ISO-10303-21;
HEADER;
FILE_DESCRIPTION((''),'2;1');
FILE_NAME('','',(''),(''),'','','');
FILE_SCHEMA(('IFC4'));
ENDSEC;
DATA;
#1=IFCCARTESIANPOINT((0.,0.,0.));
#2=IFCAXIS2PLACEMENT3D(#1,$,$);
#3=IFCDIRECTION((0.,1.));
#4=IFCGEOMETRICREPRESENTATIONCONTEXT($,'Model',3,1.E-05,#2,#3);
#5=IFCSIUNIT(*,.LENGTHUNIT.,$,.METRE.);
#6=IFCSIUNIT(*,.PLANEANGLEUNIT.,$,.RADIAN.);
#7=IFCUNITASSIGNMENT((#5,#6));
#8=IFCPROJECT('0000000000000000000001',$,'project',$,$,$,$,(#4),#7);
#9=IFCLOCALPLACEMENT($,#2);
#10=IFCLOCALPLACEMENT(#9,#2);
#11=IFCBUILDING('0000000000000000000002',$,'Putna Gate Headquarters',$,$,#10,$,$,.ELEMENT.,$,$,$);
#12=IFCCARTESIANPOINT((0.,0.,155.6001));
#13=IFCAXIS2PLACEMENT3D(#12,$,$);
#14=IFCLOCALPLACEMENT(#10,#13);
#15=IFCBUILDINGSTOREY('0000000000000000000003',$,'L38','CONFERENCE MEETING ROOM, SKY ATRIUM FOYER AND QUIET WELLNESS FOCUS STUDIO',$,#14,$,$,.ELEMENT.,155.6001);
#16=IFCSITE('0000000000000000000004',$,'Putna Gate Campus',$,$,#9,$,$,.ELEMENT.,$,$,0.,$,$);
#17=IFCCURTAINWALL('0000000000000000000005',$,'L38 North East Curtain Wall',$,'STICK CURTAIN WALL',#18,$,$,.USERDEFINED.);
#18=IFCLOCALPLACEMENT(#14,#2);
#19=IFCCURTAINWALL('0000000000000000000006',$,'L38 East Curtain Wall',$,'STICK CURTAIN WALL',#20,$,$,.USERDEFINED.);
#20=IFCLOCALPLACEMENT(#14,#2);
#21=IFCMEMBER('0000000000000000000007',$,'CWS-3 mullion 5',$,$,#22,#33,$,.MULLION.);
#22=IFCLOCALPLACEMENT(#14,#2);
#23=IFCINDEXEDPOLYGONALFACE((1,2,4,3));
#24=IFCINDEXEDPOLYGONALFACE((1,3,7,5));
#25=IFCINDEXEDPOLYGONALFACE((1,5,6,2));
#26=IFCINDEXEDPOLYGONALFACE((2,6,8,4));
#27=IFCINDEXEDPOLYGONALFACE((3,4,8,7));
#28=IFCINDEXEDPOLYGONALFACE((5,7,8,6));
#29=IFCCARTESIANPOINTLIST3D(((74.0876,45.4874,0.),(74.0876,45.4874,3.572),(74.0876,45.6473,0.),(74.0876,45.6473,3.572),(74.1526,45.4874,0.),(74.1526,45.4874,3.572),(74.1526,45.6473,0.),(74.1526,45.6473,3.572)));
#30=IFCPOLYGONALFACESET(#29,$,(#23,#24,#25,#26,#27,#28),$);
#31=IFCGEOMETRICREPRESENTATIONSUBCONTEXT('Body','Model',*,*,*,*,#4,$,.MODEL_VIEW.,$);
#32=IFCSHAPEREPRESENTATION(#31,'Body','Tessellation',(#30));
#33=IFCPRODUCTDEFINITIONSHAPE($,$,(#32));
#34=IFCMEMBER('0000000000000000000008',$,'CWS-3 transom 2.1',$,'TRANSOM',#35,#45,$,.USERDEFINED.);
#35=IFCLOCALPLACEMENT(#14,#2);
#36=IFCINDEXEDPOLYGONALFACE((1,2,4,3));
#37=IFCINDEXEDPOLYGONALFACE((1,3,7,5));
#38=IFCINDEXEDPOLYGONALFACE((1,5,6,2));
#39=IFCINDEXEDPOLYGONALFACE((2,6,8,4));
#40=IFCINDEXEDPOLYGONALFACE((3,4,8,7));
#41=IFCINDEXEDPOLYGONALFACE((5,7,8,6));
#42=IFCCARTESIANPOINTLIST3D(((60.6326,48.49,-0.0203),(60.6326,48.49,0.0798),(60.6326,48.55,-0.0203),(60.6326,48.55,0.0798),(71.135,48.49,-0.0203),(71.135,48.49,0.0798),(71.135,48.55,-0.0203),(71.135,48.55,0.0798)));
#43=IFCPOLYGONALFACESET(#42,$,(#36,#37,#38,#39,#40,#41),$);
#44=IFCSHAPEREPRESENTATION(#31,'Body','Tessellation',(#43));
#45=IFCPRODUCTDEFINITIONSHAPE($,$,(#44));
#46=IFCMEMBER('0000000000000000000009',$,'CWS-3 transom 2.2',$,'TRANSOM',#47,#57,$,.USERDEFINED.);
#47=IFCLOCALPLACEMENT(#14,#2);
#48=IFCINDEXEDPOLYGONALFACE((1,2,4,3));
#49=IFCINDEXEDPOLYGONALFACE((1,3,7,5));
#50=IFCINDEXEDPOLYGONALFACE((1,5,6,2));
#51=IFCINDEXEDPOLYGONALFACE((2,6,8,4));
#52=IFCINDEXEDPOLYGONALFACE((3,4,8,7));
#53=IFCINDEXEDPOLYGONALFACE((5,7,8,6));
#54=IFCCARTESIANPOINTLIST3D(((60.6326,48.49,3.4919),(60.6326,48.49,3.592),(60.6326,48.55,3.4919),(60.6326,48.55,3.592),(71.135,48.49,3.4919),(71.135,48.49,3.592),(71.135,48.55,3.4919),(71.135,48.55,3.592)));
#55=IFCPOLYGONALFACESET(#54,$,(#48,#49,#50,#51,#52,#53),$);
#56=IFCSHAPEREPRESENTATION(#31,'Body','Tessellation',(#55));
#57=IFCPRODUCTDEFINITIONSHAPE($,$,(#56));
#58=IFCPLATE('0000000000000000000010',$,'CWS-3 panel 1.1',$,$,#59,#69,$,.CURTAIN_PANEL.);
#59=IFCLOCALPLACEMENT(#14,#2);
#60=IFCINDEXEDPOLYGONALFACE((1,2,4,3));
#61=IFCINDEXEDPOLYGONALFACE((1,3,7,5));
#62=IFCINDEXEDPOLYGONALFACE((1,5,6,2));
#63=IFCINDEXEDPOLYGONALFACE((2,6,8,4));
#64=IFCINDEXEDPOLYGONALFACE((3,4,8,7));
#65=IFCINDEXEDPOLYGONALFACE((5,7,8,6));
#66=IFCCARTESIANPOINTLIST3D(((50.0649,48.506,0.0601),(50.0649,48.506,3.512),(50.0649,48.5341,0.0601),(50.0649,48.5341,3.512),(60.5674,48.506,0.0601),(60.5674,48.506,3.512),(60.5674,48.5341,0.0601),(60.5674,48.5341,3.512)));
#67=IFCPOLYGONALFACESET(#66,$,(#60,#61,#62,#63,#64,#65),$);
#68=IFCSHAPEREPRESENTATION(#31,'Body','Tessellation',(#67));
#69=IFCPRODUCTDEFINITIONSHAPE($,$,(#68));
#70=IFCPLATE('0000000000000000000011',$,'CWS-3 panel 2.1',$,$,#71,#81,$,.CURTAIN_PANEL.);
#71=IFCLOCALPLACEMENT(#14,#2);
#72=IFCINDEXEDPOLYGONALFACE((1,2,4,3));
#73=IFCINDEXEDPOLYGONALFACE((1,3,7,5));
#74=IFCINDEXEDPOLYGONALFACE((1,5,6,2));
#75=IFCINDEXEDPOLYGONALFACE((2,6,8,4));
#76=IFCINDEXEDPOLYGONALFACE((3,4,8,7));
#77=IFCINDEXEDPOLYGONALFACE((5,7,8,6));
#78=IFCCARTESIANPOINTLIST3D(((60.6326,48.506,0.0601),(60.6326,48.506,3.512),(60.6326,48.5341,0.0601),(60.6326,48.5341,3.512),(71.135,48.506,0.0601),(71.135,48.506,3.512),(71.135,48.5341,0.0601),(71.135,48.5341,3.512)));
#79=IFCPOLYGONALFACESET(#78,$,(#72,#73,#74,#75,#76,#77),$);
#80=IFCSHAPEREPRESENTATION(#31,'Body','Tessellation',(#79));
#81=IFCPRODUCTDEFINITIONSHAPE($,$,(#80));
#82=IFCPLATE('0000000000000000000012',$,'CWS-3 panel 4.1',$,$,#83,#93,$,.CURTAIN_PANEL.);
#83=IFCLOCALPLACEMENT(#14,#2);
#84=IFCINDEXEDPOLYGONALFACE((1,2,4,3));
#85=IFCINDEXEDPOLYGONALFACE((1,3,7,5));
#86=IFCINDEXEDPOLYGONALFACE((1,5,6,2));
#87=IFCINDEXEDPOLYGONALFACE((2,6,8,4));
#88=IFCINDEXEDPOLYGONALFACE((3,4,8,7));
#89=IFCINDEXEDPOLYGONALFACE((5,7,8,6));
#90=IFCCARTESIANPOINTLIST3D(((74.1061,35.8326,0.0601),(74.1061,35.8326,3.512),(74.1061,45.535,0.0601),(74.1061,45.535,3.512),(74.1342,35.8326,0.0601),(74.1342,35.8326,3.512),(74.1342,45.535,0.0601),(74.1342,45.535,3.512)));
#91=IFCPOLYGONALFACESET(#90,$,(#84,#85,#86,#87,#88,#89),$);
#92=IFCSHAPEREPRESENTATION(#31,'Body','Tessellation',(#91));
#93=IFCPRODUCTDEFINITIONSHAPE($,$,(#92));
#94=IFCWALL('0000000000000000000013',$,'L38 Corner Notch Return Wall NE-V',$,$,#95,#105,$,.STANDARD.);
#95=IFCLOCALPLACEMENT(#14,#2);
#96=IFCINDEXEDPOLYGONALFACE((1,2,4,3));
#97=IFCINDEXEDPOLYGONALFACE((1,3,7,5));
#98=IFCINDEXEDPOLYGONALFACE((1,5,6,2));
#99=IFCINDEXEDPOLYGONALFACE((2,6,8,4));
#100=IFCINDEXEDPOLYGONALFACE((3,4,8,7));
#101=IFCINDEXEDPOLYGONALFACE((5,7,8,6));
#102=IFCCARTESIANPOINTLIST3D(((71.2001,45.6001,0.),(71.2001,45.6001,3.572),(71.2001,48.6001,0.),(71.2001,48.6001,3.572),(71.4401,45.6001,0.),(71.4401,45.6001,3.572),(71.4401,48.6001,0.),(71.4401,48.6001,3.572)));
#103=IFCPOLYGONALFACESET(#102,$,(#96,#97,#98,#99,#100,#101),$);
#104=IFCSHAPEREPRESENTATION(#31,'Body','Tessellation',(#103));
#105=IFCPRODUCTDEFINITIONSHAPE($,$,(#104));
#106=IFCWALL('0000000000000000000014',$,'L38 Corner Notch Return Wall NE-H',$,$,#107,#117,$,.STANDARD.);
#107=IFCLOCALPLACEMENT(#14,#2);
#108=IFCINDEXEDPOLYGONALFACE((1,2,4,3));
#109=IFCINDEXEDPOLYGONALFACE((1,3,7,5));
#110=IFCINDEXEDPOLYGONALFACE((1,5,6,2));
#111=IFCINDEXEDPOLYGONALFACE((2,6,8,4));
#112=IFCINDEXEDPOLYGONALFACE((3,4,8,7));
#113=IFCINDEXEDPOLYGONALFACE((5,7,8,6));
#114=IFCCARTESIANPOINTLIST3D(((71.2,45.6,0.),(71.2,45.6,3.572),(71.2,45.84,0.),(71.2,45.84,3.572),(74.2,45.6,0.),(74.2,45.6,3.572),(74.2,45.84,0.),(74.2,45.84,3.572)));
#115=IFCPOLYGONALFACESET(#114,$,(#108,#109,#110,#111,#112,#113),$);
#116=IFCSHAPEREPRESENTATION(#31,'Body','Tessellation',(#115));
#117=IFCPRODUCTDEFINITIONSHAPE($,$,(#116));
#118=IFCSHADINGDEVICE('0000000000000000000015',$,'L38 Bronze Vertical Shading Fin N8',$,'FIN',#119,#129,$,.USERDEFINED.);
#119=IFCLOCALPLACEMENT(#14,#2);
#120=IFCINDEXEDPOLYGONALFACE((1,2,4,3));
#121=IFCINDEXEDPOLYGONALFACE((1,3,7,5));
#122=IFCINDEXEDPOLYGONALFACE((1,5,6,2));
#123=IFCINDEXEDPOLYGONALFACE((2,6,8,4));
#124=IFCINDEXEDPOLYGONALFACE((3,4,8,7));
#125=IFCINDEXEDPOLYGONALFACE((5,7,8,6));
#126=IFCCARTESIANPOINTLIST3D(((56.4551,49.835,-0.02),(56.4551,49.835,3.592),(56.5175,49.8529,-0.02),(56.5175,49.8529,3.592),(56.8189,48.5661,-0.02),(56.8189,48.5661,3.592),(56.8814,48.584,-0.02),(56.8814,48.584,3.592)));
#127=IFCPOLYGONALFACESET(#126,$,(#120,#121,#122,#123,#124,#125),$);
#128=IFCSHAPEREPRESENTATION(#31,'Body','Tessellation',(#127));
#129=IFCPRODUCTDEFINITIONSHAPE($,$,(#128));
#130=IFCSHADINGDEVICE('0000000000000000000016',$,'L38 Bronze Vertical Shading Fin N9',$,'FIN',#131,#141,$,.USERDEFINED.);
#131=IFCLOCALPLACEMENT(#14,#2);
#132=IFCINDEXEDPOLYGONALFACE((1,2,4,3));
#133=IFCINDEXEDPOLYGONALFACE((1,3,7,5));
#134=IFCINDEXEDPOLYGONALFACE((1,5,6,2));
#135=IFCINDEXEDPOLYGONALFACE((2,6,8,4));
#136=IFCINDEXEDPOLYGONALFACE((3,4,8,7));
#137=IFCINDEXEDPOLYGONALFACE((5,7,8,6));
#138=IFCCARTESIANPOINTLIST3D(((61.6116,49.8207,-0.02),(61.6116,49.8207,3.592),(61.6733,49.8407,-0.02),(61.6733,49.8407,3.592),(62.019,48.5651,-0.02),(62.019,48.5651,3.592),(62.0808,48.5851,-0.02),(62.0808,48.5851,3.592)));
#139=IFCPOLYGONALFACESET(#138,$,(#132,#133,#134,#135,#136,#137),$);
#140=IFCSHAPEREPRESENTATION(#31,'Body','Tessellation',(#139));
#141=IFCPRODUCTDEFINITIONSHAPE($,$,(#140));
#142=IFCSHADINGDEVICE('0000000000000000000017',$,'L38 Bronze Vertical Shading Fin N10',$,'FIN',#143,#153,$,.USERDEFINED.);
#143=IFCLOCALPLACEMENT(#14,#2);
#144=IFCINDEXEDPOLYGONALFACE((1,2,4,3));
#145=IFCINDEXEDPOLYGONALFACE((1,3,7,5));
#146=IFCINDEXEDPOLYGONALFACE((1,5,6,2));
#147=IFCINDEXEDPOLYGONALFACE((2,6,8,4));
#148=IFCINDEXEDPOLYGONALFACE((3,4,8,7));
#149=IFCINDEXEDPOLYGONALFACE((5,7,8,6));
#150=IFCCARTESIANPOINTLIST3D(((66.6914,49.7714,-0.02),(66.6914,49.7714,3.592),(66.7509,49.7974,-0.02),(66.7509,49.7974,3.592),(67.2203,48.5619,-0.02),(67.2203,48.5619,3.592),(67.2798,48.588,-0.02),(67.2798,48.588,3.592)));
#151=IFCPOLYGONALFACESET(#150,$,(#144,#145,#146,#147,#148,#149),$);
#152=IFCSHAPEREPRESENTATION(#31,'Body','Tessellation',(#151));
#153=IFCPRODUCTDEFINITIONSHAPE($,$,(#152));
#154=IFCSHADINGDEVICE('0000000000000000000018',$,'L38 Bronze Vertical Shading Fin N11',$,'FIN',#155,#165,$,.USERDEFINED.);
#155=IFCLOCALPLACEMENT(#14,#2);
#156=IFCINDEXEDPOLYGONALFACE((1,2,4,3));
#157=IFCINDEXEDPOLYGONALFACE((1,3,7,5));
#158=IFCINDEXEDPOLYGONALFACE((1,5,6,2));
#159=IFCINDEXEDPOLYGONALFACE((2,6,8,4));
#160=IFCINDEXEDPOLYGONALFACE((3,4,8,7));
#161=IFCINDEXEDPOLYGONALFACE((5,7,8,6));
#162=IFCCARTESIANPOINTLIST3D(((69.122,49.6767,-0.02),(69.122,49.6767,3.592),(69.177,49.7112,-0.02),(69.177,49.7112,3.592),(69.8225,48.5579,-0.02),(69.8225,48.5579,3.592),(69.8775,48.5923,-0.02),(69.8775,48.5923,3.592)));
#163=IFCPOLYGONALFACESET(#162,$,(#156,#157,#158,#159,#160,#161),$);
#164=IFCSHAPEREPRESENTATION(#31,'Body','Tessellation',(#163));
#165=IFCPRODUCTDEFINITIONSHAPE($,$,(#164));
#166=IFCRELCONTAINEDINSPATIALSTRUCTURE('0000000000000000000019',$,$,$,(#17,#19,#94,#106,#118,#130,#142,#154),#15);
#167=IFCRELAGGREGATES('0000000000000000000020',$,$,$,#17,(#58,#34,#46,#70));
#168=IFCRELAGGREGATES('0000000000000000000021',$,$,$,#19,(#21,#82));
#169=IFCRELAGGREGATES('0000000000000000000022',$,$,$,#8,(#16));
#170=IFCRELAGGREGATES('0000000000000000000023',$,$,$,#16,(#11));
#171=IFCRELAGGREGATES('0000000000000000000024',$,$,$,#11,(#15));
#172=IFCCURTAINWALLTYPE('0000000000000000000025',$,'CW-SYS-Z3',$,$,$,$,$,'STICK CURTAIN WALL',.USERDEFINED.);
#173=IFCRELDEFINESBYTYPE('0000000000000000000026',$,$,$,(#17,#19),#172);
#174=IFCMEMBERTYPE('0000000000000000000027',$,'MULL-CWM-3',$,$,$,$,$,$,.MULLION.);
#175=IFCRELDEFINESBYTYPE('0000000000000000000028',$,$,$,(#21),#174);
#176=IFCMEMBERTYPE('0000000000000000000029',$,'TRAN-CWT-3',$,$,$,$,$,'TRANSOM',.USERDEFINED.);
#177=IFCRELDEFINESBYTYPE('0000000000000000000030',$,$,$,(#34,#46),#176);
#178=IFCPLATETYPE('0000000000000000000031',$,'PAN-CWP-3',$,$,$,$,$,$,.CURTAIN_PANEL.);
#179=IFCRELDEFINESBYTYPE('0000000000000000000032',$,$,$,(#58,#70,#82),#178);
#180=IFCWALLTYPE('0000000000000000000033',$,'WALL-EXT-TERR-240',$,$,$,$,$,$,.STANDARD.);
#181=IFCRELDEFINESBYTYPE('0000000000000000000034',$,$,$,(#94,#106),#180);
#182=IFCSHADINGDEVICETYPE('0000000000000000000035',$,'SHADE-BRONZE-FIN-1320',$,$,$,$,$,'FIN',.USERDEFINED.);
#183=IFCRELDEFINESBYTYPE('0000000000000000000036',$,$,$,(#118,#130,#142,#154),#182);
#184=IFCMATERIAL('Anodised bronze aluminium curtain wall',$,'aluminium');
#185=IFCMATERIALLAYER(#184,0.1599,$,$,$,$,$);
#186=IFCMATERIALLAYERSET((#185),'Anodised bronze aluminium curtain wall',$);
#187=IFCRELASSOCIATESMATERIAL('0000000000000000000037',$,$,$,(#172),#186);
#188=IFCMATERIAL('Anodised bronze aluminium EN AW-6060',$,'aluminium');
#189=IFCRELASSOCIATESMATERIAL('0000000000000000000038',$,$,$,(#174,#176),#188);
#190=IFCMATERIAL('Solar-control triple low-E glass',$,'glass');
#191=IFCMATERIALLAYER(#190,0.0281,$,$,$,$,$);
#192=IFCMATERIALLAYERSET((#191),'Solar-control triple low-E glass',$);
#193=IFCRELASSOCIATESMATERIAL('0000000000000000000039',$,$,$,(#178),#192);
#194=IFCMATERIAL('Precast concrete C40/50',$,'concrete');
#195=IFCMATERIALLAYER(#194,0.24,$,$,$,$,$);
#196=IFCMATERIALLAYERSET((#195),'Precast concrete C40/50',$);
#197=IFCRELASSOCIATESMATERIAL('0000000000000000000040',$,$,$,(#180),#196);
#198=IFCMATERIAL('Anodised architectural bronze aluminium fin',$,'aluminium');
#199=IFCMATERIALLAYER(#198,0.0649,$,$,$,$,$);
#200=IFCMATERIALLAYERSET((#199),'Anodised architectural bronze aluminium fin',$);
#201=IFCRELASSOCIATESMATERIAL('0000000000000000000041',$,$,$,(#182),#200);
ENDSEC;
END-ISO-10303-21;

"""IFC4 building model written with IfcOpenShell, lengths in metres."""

from ifc_helpers import new_model, si_unit, direction, frame, frame_2d, origin, origin_2d, place, context, subcontext, project, spatial, rectangle, extrude, material, layer, layer_set, material_profile, profile_set, type_object, element, aggregate, save


model = new_model("IFC4")

# Units and contexts
model_context = context("Model", 3, precision=1e-05, world=origin(), true_north=direction((0.0, 1.0)))
body_context = subcontext(model_context, "Body", "Model", "MODEL_VIEW")
ifc_project = project(units=[si_unit("LENGTHUNIT", "METRE"), si_unit("PLANEANGLEUNIT", "RADIAN")], contexts=[model_context])

# Site, building, storey
site_placement = place(None, origin())
site = spatial("IfcSite", under=ifc_project, at=site_placement, Name="Putna Gate Campus", CompositionType="ELEMENT", RefElevation=0.0)
building_placement = place(site_placement, origin())
building = spatial("IfcBuilding", under=site, at=building_placement, Name="Putna Gate Headquarters", CompositionType="ELEMENT")
storey_placement = place(building_placement, frame((0.0, 0.0, 155.6001)))
storey = spatial("IfcBuildingStorey", under=building, at=storey_placement, Name="L38", Description="CONFERENCE MEETING ROOM, SKY ATRIUM FOYER AND QUIET WELLNESS FOCUS STUDIO", CompositionType="ELEMENT", Elevation=155.6001)

# Curtain wall
ifc_material_1 = material(Name="Anodised bronze aluminium curtain wall", Category="aluminium")
ifc_layer_1 = layer(ifc_material_1, 0.1599)
ifc_layer_set_1 = layer_set([ifc_layer_1], Name="Anodised bronze aluminium curtain wall")
curtain_wall_type = type_object("IfcCurtainWallType", Name="CW-SYS-Z3", ElementType="STICK CURTAIN WALL", PredefinedType="USERDEFINED", material=ifc_layer_set_1)
curtain_wall_1_placement = place(storey_placement, origin())
curtain_wall_1 = element("IfcCurtainWall", 1, at=curtain_wall_1_placement, inside=storey, type_object=curtain_wall_type, Name="L38 North East Curtain Wall", ObjectType="STICK CURTAIN WALL", PredefinedType="USERDEFINED")
ifc_material_2 = material(Name="Anodised bronze aluminium EN AW-6060", Category="aluminium")
ifc_material_profile_1 = material_profile(ifc_material_2, rectangle(XDim=0.0649, YDim=0.1599, at=origin_2d()), Name="Anodised bronze aluminium EN AW-6060")
ifc_profile_set_1 = profile_set([ifc_material_profile_1], Name="Anodised bronze aluminium EN AW-6060")
member_type_1 = type_object("IfcMemberType", Name="MULL-CWM-3", PredefinedType="MULLION", material=ifc_profile_set_1)

# Curtain wall, member
curtain_wall_2_placement = place(storey_placement, origin())
curtain_wall_2 = element("IfcCurtainWall", 2, at=curtain_wall_2_placement, inside=storey, type_object=curtain_wall_type, Name="L38 East Curtain Wall", ObjectType="STICK CURTAIN WALL", PredefinedType="USERDEFINED")
member_1_placement = place(storey_placement, frame((74.1201, 45.5674, 0.0), z_axis=(0.0, 0.0, 1.0), x_axis=(-1.0, 0.0, 0.0)))
member_1 = element("IfcMember", 3, at=member_1_placement, type_object=member_type_1, Name="CWS-3 mullion 5", PredefinedType="MULLION", context=body_context, shape_type="SweptSolid", body=[
    extrude(rectangle(XDim=0.0649, YDim=0.1599, at=origin_2d()), origin(), (0.0, 0.0, 1.0), 3.572),
])

# Members
ifc_material_profile_2 = material_profile(ifc_material_2, rectangle(XDim=0.0601, YDim=0.1001, at=origin_2d()), Name="Anodised bronze aluminium EN AW-6060")
ifc_profile_set_2 = profile_set([ifc_material_profile_2], Name="Anodised bronze aluminium EN AW-6060")
member_type_2 = type_object("IfcMemberType", Name="TRAN-CWT-3", ElementType="TRANSOM", PredefinedType="USERDEFINED", material=ifc_profile_set_2)
member_2_placement = place(storey_placement, frame((60.6326, 48.52, 0.0298), z_axis=(1.0, 0.0, 0.0), x_axis=(0.0, 1.0, 0.0)))
member_2 = element("IfcMember", 4, at=member_2_placement, type_object=member_type_2, Name="CWS-3 transom 2.1", ObjectType="TRANSOM", PredefinedType="USERDEFINED", context=body_context, shape_type="SweptSolid", body=[
    extrude(rectangle(XDim=0.0601, YDim=0.1001, at=origin_2d()), origin(), (0.0, 0.0, 1.0), 10.5024),
])
member_3_placement = place(storey_placement, frame((60.6326, 48.52, 3.542), z_axis=(1.0, 0.0, 0.0), x_axis=(0.0, 1.0, 0.0)))
member_3 = element("IfcMember", 5, at=member_3_placement, type_object=member_type_2, Name="CWS-3 transom 2.2", ObjectType="TRANSOM", PredefinedType="USERDEFINED", context=body_context, shape_type="SweptSolid", body=[
    extrude(rectangle(XDim=0.0601, YDim=0.1001, at=origin_2d()), origin(), (0.0, 0.0, 1.0), 10.5024),
])

# Plates
ifc_material_3 = material(Name="Solar-control triple low-E glass", Category="glass")
ifc_layer_2 = layer(ifc_material_3, 0.0281)
ifc_layer_set_2 = layer_set([ifc_layer_2], Name="Solar-control triple low-E glass")
plate_type = type_object("IfcPlateType", Name="PAN-CWP-3", PredefinedType="CURTAIN_PANEL", material=ifc_layer_set_2)
plate_1_placement = place(storey_placement, frame((55.3162, 48.52, 0.0601), z_axis=(0.0, 0.0, 1.0), x_axis=(1.0, 0.0, 0.0)))
plate_1 = element("IfcPlate", 6, at=plate_1_placement, type_object=plate_type, Name="CWS-3 panel 1.1", PredefinedType="CURTAIN_PANEL", context=body_context, shape_type="SweptSolid", body=[
    extrude(rectangle(XDim=10.5024, YDim=0.0281, at=origin_2d()), origin(), (0.0, 0.0, 1.0), 3.4519),
])
plate_2_placement = place(storey_placement, frame((65.8838, 48.52, 0.0601), z_axis=(0.0, 0.0, 1.0), x_axis=(1.0, 0.0, 0.0)))
plate_2 = element("IfcPlate", 7, at=plate_2_placement, type_object=plate_type, Name="CWS-3 panel 2.1", PredefinedType="CURTAIN_PANEL", context=body_context, shape_type="SweptSolid", body=[
    extrude(rectangle(XDim=10.5024, YDim=0.0281, at=origin_2d()), origin(), (0.0, 0.0, 1.0), 3.4519),
])
aggregate(curtain_wall_1, [plate_1, member_2, member_3, plate_2])
plate_3_placement = place(storey_placement, frame((74.1201, 40.6838, 0.0601), z_axis=(0.0, 0.0, 1.0), x_axis=(0.0, 1.0, 0.0)))
plate_3 = element("IfcPlate", 8, at=plate_3_placement, type_object=plate_type, Name="CWS-3 panel 4.1", PredefinedType="CURTAIN_PANEL", context=body_context, shape_type="SweptSolid", body=[
    extrude(rectangle(XDim=9.7024, YDim=0.0281, at=origin_2d()), origin(), (0.0, 0.0, 1.0), 3.4519),
])
aggregate(curtain_wall_2, [member_1, plate_3])

# Walls
ifc_material_4 = material(Name="Precast concrete C40/50", Category="concrete")
ifc_layer_3 = layer(ifc_material_4, 0.24)
ifc_layer_set_3 = layer_set([ifc_layer_3], Name="Precast concrete C40/50")
wall_type = type_object("IfcWallType", Name="WALL-EXT-TERR-240", PredefinedType="STANDARD", material=ifc_layer_set_3)
for number, where, z_axis, x_axis, name in (
    (9, (71.3201, 48.6001, 0.0), (0.0, 0.0, 1.0), (0.0, -1.0, 0.0), "L38 Corner Notch Return Wall NE-V"),
    (10, (71.2, 45.72, 0.0), (0.0, 0.0, 1.0), (1.0, 0.0, 0.0), "L38 Corner Notch Return Wall NE-H"),
):
    element("IfcWall", number, at=place(storey_placement, frame(where, z_axis=z_axis, x_axis=x_axis)), inside=storey, type_object=wall_type, Name=name, PredefinedType="STANDARD", context=body_context, shape_type="SweptSolid", body=[
        extrude(rectangle(XDim=3.0, YDim=0.24, at=frame_2d((1.5, 0.0))), origin(), (0.0, 0.0, 1.0), 3.572),
    ])

# Shading devices
ifc_material_5 = material(Name="Anodised architectural bronze aluminium fin", Category="aluminium")
ifc_layer_4 = layer(ifc_material_5, 0.0649)
ifc_layer_set_4 = layer_set([ifc_layer_4], Name="Anodised architectural bronze aluminium fin")
shading_device_type = type_object("IfcShadingDeviceType", Name="SHADE-BRONZE-FIN-1320", ElementType="FIN", PredefinedType="USERDEFINED", material=ifc_layer_set_4)
for number, where, z_axis, x_axis, name in (
    (11, (56.6682, 49.2095, -0.02), (0.0, 0.0, 1.0), (-0.275637, 0.961262, 0.0), "L38 Bronze Vertical Shading Fin N8"),
    (12, (61.8462, 49.2029, -0.02), (0.0, 0.0, 1.0), (-0.308685, 0.951164, 0.0), "L38 Bronze Vertical Shading Fin N9"),
    (13, (66.9856, 49.1797, -0.02), (0.0, 0.0, 1.0), (-0.400669, 0.916223, 0.0), "L38 Bronze Vertical Shading Fin N10"),
    (14, (69.4998, 49.1345, -0.02), (0.0, 0.0, 1.0), (-0.530659, 0.847585, 0.0), "L38 Bronze Vertical Shading Fin N11"),
):
    element("IfcShadingDevice", number, at=place(storey_placement, frame(where, z_axis=z_axis, x_axis=x_axis)), inside=storey, type_object=shading_device_type, Name=name, ObjectType="FIN", PredefinedType="USERDEFINED", context=body_context, shape_type="SweptSolid", body=[
        extrude(rectangle(XDim=1.3201, YDim=0.0649, at=origin_2d()), origin(), (0.0, 0.0, 1.0), 3.6121),
    ])

save(model, "model.ifc")
